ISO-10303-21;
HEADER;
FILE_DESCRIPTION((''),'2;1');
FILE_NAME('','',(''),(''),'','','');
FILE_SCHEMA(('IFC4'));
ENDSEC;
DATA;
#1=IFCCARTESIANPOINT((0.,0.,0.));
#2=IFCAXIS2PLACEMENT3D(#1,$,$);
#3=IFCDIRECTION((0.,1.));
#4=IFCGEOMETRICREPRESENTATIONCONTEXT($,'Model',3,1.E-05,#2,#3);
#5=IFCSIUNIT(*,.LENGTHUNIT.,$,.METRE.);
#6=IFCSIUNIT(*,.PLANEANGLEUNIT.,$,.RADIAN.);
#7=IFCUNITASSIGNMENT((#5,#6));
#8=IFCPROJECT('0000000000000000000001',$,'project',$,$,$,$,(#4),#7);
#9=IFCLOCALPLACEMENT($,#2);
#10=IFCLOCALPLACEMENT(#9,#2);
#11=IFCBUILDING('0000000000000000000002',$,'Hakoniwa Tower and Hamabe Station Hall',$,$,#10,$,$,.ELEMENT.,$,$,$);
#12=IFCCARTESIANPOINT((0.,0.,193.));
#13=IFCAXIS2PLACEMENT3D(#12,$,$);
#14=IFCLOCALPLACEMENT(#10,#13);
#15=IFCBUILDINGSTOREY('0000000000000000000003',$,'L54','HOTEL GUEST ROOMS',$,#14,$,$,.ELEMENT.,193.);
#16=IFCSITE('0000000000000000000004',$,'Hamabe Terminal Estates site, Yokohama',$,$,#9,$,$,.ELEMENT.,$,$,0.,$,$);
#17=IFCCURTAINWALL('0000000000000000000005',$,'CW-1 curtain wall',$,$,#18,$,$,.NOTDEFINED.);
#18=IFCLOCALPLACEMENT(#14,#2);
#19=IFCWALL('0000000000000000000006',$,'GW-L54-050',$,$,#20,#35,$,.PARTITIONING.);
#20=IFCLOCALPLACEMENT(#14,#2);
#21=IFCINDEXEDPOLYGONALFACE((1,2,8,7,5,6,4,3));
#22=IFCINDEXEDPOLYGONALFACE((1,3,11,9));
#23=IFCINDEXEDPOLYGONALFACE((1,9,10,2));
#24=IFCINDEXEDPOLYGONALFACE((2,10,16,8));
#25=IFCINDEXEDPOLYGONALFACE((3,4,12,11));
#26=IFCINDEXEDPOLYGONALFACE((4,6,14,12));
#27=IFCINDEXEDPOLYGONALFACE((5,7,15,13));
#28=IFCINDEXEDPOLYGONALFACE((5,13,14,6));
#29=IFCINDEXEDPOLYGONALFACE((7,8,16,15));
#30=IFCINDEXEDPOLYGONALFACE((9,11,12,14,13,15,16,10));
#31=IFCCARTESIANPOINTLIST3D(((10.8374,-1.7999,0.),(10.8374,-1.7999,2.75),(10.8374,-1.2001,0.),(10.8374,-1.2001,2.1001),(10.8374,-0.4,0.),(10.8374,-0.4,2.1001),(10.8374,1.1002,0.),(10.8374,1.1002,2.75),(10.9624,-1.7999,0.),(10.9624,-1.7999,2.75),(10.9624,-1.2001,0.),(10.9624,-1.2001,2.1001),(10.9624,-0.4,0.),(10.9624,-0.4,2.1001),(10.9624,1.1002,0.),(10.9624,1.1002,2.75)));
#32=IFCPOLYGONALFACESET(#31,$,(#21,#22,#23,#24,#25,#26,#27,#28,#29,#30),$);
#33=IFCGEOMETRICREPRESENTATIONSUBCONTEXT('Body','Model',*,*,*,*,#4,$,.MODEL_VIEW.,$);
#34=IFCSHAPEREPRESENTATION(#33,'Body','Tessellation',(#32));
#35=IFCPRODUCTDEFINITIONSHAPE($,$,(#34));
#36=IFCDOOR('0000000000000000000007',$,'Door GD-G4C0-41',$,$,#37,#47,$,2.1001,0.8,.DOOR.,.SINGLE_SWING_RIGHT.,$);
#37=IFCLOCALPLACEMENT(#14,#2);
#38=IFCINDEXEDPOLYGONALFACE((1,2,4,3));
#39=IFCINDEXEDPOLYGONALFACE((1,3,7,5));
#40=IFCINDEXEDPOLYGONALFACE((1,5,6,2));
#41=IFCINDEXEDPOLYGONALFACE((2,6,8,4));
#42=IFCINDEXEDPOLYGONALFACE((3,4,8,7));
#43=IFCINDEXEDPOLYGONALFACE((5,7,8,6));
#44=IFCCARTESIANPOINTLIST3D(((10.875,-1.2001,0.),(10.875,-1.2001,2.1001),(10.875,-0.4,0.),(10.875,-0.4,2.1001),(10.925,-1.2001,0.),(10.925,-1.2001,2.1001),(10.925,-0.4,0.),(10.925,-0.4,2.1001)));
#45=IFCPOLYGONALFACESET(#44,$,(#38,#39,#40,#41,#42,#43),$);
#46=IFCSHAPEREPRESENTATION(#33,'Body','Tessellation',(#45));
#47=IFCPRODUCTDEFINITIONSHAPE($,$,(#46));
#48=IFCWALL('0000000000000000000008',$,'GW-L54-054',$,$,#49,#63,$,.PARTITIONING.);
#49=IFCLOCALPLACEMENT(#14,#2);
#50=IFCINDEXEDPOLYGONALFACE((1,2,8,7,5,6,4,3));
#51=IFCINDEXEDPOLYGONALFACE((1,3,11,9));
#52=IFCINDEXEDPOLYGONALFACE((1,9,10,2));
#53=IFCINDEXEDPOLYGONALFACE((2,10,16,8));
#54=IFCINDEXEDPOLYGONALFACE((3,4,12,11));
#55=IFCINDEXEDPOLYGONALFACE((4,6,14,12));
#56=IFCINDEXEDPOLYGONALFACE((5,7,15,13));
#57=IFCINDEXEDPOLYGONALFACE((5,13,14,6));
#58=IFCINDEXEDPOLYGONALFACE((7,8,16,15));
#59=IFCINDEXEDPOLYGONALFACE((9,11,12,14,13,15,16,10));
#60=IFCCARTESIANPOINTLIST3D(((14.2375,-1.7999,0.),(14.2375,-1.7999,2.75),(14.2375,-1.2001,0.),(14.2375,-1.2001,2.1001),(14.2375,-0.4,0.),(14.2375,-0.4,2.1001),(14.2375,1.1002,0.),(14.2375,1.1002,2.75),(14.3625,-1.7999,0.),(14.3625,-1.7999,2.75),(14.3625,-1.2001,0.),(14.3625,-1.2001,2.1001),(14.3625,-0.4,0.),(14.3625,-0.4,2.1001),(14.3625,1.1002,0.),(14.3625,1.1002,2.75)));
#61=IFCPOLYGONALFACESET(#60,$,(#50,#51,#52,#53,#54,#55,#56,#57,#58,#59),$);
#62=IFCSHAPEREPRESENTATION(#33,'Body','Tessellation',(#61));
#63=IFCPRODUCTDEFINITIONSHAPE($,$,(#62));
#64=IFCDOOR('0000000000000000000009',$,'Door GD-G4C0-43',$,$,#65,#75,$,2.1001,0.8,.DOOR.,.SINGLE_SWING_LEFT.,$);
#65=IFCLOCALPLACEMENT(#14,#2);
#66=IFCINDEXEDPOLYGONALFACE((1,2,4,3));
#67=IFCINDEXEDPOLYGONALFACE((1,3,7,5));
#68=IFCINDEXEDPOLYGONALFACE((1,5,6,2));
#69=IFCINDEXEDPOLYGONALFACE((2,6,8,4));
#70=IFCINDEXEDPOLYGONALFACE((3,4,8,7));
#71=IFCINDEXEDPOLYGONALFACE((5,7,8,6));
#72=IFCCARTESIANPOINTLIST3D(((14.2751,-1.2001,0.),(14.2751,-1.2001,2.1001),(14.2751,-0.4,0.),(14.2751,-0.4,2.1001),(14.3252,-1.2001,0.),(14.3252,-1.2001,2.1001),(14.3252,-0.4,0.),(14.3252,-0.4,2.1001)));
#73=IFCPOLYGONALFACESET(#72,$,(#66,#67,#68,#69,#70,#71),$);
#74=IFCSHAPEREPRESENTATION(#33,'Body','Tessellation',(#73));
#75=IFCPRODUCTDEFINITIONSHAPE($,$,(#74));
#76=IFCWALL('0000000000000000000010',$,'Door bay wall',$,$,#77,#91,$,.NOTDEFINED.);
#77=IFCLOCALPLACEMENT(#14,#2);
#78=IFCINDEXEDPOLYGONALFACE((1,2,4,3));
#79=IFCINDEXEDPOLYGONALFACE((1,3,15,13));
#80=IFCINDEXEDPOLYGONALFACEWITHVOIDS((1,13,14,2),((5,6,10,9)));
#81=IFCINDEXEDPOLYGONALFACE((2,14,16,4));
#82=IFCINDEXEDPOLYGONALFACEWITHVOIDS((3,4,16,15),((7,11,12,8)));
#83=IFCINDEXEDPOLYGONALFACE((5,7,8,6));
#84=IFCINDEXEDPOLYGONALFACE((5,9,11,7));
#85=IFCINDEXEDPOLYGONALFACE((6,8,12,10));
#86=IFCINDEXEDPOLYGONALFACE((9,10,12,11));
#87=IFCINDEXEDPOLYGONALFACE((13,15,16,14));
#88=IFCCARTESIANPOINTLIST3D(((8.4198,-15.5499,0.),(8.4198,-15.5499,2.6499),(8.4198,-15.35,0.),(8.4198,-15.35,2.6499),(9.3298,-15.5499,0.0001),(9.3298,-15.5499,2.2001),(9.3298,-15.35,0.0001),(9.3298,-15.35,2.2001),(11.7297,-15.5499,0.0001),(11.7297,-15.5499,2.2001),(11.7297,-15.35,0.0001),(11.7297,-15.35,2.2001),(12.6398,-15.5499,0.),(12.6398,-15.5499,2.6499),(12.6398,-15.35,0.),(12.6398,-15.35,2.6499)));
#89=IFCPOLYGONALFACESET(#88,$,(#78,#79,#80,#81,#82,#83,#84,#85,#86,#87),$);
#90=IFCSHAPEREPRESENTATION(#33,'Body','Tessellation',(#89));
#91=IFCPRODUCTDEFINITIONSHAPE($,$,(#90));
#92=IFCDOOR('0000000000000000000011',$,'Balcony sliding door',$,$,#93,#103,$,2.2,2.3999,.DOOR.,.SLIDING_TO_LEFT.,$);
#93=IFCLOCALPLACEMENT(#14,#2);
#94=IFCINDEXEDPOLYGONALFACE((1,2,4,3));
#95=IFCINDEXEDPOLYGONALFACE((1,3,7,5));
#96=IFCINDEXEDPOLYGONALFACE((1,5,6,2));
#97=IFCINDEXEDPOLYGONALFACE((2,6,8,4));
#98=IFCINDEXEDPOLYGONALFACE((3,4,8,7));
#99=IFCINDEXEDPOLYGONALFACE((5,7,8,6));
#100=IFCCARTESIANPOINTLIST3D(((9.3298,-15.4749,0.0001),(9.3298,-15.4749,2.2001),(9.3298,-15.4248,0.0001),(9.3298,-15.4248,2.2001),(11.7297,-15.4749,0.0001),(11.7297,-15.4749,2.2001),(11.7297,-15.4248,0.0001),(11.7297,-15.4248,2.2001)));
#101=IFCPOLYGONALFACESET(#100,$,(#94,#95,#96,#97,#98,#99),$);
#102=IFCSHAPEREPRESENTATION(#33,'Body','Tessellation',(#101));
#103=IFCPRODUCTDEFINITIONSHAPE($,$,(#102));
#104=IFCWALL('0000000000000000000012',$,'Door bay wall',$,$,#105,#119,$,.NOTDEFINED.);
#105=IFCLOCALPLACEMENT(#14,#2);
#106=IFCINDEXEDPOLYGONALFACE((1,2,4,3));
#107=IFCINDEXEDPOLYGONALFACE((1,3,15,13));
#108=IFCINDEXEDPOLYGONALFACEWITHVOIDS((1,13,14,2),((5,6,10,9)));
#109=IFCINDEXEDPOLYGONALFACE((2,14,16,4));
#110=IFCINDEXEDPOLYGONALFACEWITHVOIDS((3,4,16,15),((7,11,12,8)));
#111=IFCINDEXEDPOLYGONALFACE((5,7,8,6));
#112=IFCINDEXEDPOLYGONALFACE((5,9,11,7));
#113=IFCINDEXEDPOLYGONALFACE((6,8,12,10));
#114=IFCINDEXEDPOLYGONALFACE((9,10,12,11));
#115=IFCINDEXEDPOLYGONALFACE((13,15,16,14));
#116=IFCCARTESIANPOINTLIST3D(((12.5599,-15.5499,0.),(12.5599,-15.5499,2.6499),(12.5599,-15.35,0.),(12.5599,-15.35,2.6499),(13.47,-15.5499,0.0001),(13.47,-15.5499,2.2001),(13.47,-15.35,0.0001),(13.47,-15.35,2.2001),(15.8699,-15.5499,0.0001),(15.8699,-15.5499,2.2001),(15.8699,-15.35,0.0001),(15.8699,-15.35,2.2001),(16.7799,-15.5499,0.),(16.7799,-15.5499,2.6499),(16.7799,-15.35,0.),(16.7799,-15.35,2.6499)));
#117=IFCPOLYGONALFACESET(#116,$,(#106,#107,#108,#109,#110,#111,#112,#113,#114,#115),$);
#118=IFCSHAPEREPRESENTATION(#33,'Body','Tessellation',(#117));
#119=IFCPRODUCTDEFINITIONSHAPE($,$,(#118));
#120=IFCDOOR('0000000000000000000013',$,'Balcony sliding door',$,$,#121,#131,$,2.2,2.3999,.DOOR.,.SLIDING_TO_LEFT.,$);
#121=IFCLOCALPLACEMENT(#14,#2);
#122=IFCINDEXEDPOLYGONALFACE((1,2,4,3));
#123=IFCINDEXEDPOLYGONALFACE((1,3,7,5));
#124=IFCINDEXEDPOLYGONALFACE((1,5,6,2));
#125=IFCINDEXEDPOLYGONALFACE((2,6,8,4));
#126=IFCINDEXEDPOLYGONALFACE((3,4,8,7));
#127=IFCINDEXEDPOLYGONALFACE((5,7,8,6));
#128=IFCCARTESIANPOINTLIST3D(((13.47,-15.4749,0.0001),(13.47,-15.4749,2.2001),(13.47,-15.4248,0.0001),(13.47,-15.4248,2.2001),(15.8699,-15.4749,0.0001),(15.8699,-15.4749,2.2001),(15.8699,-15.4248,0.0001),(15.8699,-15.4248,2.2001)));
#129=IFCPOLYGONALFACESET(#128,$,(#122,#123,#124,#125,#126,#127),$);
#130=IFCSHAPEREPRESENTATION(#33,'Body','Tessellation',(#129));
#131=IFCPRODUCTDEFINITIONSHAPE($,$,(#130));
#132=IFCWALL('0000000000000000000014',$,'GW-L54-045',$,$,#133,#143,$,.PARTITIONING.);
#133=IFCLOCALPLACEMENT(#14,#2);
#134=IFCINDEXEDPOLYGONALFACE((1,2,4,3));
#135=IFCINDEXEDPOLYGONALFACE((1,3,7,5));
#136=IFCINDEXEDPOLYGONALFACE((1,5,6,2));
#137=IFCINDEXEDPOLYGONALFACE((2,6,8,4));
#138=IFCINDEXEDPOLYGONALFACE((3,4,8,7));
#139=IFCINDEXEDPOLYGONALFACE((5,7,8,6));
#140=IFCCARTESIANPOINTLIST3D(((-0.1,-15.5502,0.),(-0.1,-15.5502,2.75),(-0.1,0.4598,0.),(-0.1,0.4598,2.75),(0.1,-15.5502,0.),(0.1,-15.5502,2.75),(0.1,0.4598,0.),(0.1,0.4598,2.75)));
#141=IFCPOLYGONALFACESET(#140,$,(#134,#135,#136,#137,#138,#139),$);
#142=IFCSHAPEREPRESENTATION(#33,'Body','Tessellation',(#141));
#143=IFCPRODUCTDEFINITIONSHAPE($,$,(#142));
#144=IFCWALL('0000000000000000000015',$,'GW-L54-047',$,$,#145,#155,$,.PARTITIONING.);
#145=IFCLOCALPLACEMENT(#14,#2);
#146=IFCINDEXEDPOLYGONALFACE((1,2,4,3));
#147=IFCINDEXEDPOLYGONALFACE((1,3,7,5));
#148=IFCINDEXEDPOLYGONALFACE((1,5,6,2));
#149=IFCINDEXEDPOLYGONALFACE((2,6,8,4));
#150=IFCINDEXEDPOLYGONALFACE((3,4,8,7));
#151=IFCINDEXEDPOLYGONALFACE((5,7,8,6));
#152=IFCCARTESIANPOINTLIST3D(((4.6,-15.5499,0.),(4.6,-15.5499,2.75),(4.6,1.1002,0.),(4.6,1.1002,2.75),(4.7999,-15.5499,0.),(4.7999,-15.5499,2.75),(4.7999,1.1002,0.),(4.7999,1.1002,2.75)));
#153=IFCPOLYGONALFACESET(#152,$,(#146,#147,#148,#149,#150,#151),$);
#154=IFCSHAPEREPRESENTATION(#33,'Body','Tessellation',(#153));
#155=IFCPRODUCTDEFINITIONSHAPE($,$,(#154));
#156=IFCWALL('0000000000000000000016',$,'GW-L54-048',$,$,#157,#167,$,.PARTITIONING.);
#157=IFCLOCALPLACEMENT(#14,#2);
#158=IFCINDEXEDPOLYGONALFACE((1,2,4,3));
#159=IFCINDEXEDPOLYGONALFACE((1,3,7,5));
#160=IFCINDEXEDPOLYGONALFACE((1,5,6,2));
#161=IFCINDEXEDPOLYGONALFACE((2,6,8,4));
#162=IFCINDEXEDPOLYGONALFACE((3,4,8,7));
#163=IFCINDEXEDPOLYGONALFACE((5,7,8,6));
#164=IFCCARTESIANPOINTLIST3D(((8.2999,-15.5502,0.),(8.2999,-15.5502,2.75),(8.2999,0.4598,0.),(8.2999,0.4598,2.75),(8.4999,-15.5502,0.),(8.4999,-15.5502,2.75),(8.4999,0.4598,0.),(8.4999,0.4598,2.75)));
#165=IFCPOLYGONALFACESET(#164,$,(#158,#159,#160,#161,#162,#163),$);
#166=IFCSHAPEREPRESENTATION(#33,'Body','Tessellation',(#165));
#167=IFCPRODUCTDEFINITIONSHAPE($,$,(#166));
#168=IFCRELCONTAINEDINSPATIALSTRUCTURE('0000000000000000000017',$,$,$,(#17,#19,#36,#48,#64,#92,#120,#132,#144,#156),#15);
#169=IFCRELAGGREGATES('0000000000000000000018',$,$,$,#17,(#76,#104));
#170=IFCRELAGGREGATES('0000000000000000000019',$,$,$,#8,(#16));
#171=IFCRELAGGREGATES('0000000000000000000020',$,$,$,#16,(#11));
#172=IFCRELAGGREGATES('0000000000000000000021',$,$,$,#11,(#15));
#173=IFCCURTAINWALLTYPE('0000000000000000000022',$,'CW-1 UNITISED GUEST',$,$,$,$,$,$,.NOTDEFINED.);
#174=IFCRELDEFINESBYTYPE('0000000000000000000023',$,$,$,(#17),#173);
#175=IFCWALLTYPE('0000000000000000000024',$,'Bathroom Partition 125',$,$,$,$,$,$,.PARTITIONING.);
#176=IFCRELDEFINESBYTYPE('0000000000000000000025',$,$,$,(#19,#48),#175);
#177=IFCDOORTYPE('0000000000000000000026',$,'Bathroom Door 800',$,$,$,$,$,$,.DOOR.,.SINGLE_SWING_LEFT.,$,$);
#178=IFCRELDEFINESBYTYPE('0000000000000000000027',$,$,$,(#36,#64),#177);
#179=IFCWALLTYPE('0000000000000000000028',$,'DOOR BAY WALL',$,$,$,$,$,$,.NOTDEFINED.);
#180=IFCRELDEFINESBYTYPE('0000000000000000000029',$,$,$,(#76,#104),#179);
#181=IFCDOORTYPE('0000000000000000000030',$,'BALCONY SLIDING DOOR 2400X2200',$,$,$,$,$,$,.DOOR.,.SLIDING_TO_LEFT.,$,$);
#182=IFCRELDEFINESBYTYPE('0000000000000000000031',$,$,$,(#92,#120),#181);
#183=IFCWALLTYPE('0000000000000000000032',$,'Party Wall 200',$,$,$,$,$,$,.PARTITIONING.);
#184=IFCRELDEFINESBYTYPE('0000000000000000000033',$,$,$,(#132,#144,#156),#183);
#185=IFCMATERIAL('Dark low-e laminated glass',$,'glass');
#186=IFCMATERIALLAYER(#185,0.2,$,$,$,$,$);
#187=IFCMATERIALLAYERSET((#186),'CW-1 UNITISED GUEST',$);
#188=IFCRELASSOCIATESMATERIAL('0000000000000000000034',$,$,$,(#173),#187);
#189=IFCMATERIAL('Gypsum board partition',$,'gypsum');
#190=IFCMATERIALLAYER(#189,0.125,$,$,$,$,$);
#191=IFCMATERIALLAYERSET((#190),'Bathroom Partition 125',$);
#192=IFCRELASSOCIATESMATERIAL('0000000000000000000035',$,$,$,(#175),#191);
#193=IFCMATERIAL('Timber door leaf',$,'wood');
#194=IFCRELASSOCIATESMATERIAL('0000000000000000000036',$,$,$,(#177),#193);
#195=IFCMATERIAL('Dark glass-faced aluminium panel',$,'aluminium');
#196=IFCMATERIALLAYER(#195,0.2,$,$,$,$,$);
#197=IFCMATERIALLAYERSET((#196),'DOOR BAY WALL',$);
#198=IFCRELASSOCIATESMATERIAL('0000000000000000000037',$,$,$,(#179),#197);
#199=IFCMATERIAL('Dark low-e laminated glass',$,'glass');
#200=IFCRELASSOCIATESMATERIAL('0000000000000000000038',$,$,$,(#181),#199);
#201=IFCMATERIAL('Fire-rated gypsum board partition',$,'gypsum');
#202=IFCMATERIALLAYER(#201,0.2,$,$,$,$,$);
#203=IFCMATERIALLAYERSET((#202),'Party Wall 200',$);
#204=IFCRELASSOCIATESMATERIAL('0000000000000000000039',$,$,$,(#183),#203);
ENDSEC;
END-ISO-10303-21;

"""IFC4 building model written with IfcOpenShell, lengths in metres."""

from ifc_helpers import new_model, si_unit, direction, frame, frame_2d, origin, place, context, subcontext, project, spatial, rectangle, extrude, material, layer, layer_set, type_object, element, fill, aggregate, save


model = new_model("IFC4")

# Units and contexts
model_context = context("Model", 3, precision=1e-05, world=origin(), true_north=direction((0.0, 1.0)))
body_context = subcontext(model_context, "Body", "Model", "MODEL_VIEW")
ifc_project = project(units=[si_unit("LENGTHUNIT", "METRE"), si_unit("PLANEANGLEUNIT", "RADIAN")], contexts=[model_context])

# Site, building, storey
site_placement = place(None, origin())
site = spatial("IfcSite", under=ifc_project, at=site_placement, Name="Hamabe Terminal Estates site, Yokohama", CompositionType="ELEMENT", RefElevation=0.0)
building_placement = place(site_placement, origin())
building = spatial("IfcBuilding", under=site, at=building_placement, Name="Hakoniwa Tower and Hamabe Station Hall", CompositionType="ELEMENT")
storey_placement = place(building_placement, frame((0.0, 0.0, 193.0)))
storey = spatial("IfcBuildingStorey", under=building, at=storey_placement, Name="L54", Description="HOTEL GUEST ROOMS", CompositionType="ELEMENT", Elevation=193.0)

# Curtain wall
ifc_material_1 = material(Name="Dark low-e laminated glass", Category="glass")
ifc_layer_1 = layer(ifc_material_1, 0.2)
ifc_layer_set_1 = layer_set([ifc_layer_1], Name="CW-1 UNITISED GUEST")
curtain_wall_type = type_object("IfcCurtainWallType", Name="CW-1 UNITISED GUEST", PredefinedType="NOTDEFINED", material=ifc_layer_set_1)
curtain_wall_1_placement = place(storey_placement, origin())
curtain_wall_1 = element("IfcCurtainWall", 1, at=curtain_wall_1_placement, inside=storey, type_object=curtain_wall_type, Name="CW-1 curtain wall", PredefinedType="NOTDEFINED")

# Shared definitions
ifc_material_2 = material(Name="Gypsum board partition", Category="gypsum")
ifc_layer_2 = layer(ifc_material_2, 0.125)
ifc_layer_set_2 = layer_set([ifc_layer_2], Name="Bathroom Partition 125")
wall_type_1 = type_object("IfcWallType", Name="Bathroom Partition 125", PredefinedType="PARTITIONING", material=ifc_layer_set_2)

# Walls, openings, doors
wall_1_placement = place(storey_placement, frame((10.8999, -1.8, 0.0), z_axis=(0.0, 0.0, 1.0), x_axis=(0.0, 1.0, 0.0)))
wall_1 = element("IfcWall", 2, at=wall_1_placement, inside=storey, type_object=wall_type_1, Name="GW-L54-050", PredefinedType="PARTITIONING", context=body_context, shape_type="SweptSolid", body=[
    extrude(rectangle(XDim=2.9001, YDim=0.125, at=frame_2d((1.4502, 0.0))), origin(), (0.0, 0.0, 1.0), 2.75),
])
opening_1_placement = place(wall_1_placement, frame((0.6001, 0.0, 0.0)))
opening_1 = element("IfcOpeningElement", 3, at=opening_1_placement, cuts=wall_1, PredefinedType="OPENING", context=body_context, shape_type="SweptSolid", body=[
    extrude(rectangle(XDim=0.8, YDim=2.1001, at=frame_2d((0.3999, 1.05))), frame((0.0, 0.0725, 0.0), z_axis=(0.0, -1.0, 0.0), x_axis=(1.0, 0.0, 0.0)), (0.0, 0.0, 1.0), 0.145),
])
ifc_material_3 = material(Name="Timber door leaf", Category="wood")
door_type_1 = type_object("IfcDoorType", Name="Bathroom Door 800", OperationType="SINGLE_SWING_LEFT", PredefinedType="DOOR", material=ifc_material_3)
door_1_placement = place(opening_1_placement, origin())
door_1 = element("IfcDoor", 4, at=door_1_placement, inside=storey, type_object=door_type_1, Name="Door GD-G4C0-41", OperationType="SINGLE_SWING_RIGHT", OverallHeight=2.1001, OverallWidth=0.8, PredefinedType="DOOR", context=body_context, shape_type="SweptSolid", body=[
    extrude(rectangle(XDim=0.8, YDim=2.1001, at=frame_2d((0.3999, 1.05))), frame((0.0, 0.0249, 0.0), z_axis=(0.0, -1.0, 0.0), x_axis=(1.0, 0.0, 0.0)), (0.0, 0.0, 1.0), 0.05),
])
fill(opening_1, door_1)
wall_2_placement = place(storey_placement, frame((14.3, -1.8, 0.0), z_axis=(0.0, 0.0, 1.0), x_axis=(0.0, 1.0, 0.0)))
wall_2 = element("IfcWall", 5, at=wall_2_placement, inside=storey, type_object=wall_type_1, Name="GW-L54-054", PredefinedType="PARTITIONING", context=body_context, shape_type="SweptSolid", body=[
    extrude(rectangle(XDim=2.9001, YDim=0.125, at=frame_2d((1.4502, 0.0))), origin(), (0.0, 0.0, 1.0), 2.75),
])
opening_2_placement = place(wall_2_placement, frame((0.6001, 0.0, 0.0)))
opening_2 = element("IfcOpeningElement", 6, at=opening_2_placement, cuts=wall_2, PredefinedType="OPENING", context=body_context, shape_type="SweptSolid", body=[
    extrude(rectangle(XDim=0.8, YDim=2.1001, at=frame_2d((0.3999, 1.05))), frame((0.0, 0.0725, 0.0), z_axis=(0.0, -1.0, 0.0), x_axis=(1.0, 0.0, 0.0)), (0.0, 0.0, 1.0), 0.145),
])
door_2_placement = place(opening_2_placement, origin())
door_2 = element("IfcDoor", 7, at=door_2_placement, inside=storey, type_object=door_type_1, Name="Door GD-G4C0-43", OperationType="SINGLE_SWING_LEFT", OverallHeight=2.1001, OverallWidth=0.8, PredefinedType="DOOR", context=body_context, shape_type="SweptSolid", body=[
    extrude(rectangle(XDim=0.8, YDim=2.1001, at=frame_2d((0.3999, 1.05))), frame((0.0, 0.0249, 0.0), z_axis=(0.0, -1.0, 0.0), x_axis=(1.0, 0.0, 0.0)), (0.0, 0.0, 1.0), 0.05),
])
fill(opening_2, door_2)
ifc_material_4 = material(Name="Dark glass-faced aluminium panel", Category="aluminium")
ifc_layer_3 = layer(ifc_material_4, 0.2)
ifc_layer_set_3 = layer_set([ifc_layer_3], Name="DOOR BAY WALL")
wall_type_2 = type_object("IfcWallType", Name="DOOR BAY WALL", PredefinedType="NOTDEFINED", material=ifc_layer_set_3)
wall_3_placement = place(storey_placement, frame((8.4199, -15.45, 0.0), z_axis=(0.0, 0.0, 1.0), x_axis=(1.0, 0.0, 0.0)))
wall_3 = element("IfcWall", 8, at=wall_3_placement, type_object=wall_type_2, Name="Door bay wall", PredefinedType="NOTDEFINED", context=body_context, shape_type="SweptSolid", body=[
    extrude(rectangle(XDim=4.22, YDim=0.2, at=frame_2d((2.1099, 0.0))), origin(), (0.0, 0.0, 1.0), 2.6499),
])
opening_3_placement = place(wall_3_placement, frame((0.9099, 0.0, 0.0)))
opening_3 = element("IfcOpeningElement", 9, at=opening_3_placement, cuts=wall_3, PredefinedType="OPENING", context=body_context, shape_type="SweptSolid", body=[
    extrude(rectangle(XDim=2.3999, YDim=2.2, at=frame_2d((1.2, 1.1001))), frame((0.0, 0.1099, 0.0), z_axis=(0.0, -1.0, 0.0), x_axis=(1.0, 0.0, 0.0)), (0.0, 0.0, 1.0), 0.22),
])
ifc_material_5 = material(Name="Dark low-e laminated glass", Category="glass")
door_type_2 = type_object("IfcDoorType", Name="BALCONY SLIDING DOOR 2400X2200", OperationType="SLIDING_TO_LEFT", PredefinedType="DOOR", material=ifc_material_5)
door_3_placement = place(opening_3_placement, frame((2.3999, 0.0, 0.0), z_axis=(0.0, 0.0, 1.0), x_axis=(-1.0, 0.0, 0.0)))
door_3 = element("IfcDoor", 10, at=door_3_placement, inside=storey, type_object=door_type_2, Name="Balcony sliding door", OperationType="SLIDING_TO_LEFT", OverallHeight=2.2, OverallWidth=2.3999, PredefinedType="DOOR", context=body_context, shape_type="SweptSolid", body=[
    extrude(rectangle(XDim=2.3999, YDim=2.2, at=frame_2d((1.2, 1.1001))), frame((0.0, 0.0249, 0.0), z_axis=(0.0, -1.0, 0.0), x_axis=(1.0, 0.0, 0.0)), (0.0, 0.0, 1.0), 0.05),
])
fill(opening_3, door_3)
wall_4_placement = place(storey_placement, frame((12.5601, -15.45, 0.0), z_axis=(0.0, 0.0, 1.0), x_axis=(1.0, 0.0, 0.0)))
wall_4 = element("IfcWall", 11, at=wall_4_placement, type_object=wall_type_2, Name="Door bay wall", PredefinedType="NOTDEFINED", context=body_context, shape_type="SweptSolid", body=[
    extrude(rectangle(XDim=4.22, YDim=0.2, at=frame_2d((2.1099, 0.0))), origin(), (0.0, 0.0, 1.0), 2.6499),
])
opening_4_placement = place(wall_4_placement, frame((0.9099, 0.0, 0.0)))
opening_4 = element("IfcOpeningElement", 12, at=opening_4_placement, cuts=wall_4, PredefinedType="OPENING", context=body_context, shape_type="SweptSolid", body=[
    extrude(rectangle(XDim=2.3999, YDim=2.2, at=frame_2d((1.2, 1.1001))), frame((0.0, 0.1099, 0.0), z_axis=(0.0, -1.0, 0.0), x_axis=(1.0, 0.0, 0.0)), (0.0, 0.0, 1.0), 0.22),
])
door_4_placement = place(opening_4_placement, frame((2.3999, 0.0, 0.0), z_axis=(0.0, 0.0, 1.0), x_axis=(-1.0, 0.0, 0.0)))
door_4 = element("IfcDoor", 13, at=door_4_placement, inside=storey, type_object=door_type_2, Name="Balcony sliding door", OperationType="SLIDING_TO_LEFT", OverallHeight=2.2, OverallWidth=2.3999, PredefinedType="DOOR", context=body_context, shape_type="SweptSolid", body=[
    extrude(rectangle(XDim=2.3999, YDim=2.2, at=frame_2d((1.2, 1.1001))), frame((0.0, 0.0249, 0.0), z_axis=(0.0, -1.0, 0.0), x_axis=(1.0, 0.0, 0.0)), (0.0, 0.0, 1.0), 0.05),
])
fill(opening_4, door_4)
aggregate(curtain_wall_1, [wall_3, wall_4])

# Walls
ifc_material_6 = material(Name="Fire-rated gypsum board partition", Category="gypsum")
ifc_layer_4 = layer(ifc_material_6, 0.2)
ifc_layer_set_4 = layer_set([ifc_layer_4], Name="Party Wall 200")
wall_type_3 = type_object("IfcWallType", Name="Party Wall 200", PredefinedType="PARTITIONING", material=ifc_layer_set_4)
wall_5_placement = place(storey_placement, frame((0.0, -15.55, 0.0), z_axis=(0.0, 0.0, 1.0), x_axis=(0.0, 1.0, 0.0)))
element("IfcWall", 14, at=wall_5_placement, inside=storey, type_object=wall_type_3, Name="GW-L54-045", PredefinedType="PARTITIONING", context=body_context, shape_type="SweptSolid", body=[
    extrude(rectangle(XDim=16.01, YDim=0.2, at=frame_2d((8.0049, 0.0))), origin(), (0.0, 0.0, 1.0), 2.75),
])
wall_6_placement = place(storey_placement, frame((4.7, -15.55, 0.0), z_axis=(0.0, 0.0, 1.0), x_axis=(0.0, 1.0, 0.0)))
element("IfcWall", 15, at=wall_6_placement, inside=storey, type_object=wall_type_3, Name="GW-L54-047", PredefinedType="PARTITIONING", context=body_context, shape_type="SweptSolid", body=[
    extrude(rectangle(XDim=16.6501, YDim=0.2, at=frame_2d((8.3252, 0.0))), origin(), (0.0, 0.0, 1.0), 2.75),
])
wall_7_placement = place(storey_placement, frame((8.3999, -15.55, 0.0), z_axis=(0.0, 0.0, 1.0), x_axis=(0.0, 1.0, 0.0)))
element("IfcWall", 16, at=wall_7_placement, inside=storey, type_object=wall_type_3, Name="GW-L54-048", PredefinedType="PARTITIONING", context=body_context, shape_type="SweptSolid", body=[
    extrude(rectangle(XDim=16.01, YDim=0.2, at=frame_2d((8.0049, 0.0))), origin(), (0.0, 0.0, 1.0), 2.75),
])

save(model, "model.ifc")
